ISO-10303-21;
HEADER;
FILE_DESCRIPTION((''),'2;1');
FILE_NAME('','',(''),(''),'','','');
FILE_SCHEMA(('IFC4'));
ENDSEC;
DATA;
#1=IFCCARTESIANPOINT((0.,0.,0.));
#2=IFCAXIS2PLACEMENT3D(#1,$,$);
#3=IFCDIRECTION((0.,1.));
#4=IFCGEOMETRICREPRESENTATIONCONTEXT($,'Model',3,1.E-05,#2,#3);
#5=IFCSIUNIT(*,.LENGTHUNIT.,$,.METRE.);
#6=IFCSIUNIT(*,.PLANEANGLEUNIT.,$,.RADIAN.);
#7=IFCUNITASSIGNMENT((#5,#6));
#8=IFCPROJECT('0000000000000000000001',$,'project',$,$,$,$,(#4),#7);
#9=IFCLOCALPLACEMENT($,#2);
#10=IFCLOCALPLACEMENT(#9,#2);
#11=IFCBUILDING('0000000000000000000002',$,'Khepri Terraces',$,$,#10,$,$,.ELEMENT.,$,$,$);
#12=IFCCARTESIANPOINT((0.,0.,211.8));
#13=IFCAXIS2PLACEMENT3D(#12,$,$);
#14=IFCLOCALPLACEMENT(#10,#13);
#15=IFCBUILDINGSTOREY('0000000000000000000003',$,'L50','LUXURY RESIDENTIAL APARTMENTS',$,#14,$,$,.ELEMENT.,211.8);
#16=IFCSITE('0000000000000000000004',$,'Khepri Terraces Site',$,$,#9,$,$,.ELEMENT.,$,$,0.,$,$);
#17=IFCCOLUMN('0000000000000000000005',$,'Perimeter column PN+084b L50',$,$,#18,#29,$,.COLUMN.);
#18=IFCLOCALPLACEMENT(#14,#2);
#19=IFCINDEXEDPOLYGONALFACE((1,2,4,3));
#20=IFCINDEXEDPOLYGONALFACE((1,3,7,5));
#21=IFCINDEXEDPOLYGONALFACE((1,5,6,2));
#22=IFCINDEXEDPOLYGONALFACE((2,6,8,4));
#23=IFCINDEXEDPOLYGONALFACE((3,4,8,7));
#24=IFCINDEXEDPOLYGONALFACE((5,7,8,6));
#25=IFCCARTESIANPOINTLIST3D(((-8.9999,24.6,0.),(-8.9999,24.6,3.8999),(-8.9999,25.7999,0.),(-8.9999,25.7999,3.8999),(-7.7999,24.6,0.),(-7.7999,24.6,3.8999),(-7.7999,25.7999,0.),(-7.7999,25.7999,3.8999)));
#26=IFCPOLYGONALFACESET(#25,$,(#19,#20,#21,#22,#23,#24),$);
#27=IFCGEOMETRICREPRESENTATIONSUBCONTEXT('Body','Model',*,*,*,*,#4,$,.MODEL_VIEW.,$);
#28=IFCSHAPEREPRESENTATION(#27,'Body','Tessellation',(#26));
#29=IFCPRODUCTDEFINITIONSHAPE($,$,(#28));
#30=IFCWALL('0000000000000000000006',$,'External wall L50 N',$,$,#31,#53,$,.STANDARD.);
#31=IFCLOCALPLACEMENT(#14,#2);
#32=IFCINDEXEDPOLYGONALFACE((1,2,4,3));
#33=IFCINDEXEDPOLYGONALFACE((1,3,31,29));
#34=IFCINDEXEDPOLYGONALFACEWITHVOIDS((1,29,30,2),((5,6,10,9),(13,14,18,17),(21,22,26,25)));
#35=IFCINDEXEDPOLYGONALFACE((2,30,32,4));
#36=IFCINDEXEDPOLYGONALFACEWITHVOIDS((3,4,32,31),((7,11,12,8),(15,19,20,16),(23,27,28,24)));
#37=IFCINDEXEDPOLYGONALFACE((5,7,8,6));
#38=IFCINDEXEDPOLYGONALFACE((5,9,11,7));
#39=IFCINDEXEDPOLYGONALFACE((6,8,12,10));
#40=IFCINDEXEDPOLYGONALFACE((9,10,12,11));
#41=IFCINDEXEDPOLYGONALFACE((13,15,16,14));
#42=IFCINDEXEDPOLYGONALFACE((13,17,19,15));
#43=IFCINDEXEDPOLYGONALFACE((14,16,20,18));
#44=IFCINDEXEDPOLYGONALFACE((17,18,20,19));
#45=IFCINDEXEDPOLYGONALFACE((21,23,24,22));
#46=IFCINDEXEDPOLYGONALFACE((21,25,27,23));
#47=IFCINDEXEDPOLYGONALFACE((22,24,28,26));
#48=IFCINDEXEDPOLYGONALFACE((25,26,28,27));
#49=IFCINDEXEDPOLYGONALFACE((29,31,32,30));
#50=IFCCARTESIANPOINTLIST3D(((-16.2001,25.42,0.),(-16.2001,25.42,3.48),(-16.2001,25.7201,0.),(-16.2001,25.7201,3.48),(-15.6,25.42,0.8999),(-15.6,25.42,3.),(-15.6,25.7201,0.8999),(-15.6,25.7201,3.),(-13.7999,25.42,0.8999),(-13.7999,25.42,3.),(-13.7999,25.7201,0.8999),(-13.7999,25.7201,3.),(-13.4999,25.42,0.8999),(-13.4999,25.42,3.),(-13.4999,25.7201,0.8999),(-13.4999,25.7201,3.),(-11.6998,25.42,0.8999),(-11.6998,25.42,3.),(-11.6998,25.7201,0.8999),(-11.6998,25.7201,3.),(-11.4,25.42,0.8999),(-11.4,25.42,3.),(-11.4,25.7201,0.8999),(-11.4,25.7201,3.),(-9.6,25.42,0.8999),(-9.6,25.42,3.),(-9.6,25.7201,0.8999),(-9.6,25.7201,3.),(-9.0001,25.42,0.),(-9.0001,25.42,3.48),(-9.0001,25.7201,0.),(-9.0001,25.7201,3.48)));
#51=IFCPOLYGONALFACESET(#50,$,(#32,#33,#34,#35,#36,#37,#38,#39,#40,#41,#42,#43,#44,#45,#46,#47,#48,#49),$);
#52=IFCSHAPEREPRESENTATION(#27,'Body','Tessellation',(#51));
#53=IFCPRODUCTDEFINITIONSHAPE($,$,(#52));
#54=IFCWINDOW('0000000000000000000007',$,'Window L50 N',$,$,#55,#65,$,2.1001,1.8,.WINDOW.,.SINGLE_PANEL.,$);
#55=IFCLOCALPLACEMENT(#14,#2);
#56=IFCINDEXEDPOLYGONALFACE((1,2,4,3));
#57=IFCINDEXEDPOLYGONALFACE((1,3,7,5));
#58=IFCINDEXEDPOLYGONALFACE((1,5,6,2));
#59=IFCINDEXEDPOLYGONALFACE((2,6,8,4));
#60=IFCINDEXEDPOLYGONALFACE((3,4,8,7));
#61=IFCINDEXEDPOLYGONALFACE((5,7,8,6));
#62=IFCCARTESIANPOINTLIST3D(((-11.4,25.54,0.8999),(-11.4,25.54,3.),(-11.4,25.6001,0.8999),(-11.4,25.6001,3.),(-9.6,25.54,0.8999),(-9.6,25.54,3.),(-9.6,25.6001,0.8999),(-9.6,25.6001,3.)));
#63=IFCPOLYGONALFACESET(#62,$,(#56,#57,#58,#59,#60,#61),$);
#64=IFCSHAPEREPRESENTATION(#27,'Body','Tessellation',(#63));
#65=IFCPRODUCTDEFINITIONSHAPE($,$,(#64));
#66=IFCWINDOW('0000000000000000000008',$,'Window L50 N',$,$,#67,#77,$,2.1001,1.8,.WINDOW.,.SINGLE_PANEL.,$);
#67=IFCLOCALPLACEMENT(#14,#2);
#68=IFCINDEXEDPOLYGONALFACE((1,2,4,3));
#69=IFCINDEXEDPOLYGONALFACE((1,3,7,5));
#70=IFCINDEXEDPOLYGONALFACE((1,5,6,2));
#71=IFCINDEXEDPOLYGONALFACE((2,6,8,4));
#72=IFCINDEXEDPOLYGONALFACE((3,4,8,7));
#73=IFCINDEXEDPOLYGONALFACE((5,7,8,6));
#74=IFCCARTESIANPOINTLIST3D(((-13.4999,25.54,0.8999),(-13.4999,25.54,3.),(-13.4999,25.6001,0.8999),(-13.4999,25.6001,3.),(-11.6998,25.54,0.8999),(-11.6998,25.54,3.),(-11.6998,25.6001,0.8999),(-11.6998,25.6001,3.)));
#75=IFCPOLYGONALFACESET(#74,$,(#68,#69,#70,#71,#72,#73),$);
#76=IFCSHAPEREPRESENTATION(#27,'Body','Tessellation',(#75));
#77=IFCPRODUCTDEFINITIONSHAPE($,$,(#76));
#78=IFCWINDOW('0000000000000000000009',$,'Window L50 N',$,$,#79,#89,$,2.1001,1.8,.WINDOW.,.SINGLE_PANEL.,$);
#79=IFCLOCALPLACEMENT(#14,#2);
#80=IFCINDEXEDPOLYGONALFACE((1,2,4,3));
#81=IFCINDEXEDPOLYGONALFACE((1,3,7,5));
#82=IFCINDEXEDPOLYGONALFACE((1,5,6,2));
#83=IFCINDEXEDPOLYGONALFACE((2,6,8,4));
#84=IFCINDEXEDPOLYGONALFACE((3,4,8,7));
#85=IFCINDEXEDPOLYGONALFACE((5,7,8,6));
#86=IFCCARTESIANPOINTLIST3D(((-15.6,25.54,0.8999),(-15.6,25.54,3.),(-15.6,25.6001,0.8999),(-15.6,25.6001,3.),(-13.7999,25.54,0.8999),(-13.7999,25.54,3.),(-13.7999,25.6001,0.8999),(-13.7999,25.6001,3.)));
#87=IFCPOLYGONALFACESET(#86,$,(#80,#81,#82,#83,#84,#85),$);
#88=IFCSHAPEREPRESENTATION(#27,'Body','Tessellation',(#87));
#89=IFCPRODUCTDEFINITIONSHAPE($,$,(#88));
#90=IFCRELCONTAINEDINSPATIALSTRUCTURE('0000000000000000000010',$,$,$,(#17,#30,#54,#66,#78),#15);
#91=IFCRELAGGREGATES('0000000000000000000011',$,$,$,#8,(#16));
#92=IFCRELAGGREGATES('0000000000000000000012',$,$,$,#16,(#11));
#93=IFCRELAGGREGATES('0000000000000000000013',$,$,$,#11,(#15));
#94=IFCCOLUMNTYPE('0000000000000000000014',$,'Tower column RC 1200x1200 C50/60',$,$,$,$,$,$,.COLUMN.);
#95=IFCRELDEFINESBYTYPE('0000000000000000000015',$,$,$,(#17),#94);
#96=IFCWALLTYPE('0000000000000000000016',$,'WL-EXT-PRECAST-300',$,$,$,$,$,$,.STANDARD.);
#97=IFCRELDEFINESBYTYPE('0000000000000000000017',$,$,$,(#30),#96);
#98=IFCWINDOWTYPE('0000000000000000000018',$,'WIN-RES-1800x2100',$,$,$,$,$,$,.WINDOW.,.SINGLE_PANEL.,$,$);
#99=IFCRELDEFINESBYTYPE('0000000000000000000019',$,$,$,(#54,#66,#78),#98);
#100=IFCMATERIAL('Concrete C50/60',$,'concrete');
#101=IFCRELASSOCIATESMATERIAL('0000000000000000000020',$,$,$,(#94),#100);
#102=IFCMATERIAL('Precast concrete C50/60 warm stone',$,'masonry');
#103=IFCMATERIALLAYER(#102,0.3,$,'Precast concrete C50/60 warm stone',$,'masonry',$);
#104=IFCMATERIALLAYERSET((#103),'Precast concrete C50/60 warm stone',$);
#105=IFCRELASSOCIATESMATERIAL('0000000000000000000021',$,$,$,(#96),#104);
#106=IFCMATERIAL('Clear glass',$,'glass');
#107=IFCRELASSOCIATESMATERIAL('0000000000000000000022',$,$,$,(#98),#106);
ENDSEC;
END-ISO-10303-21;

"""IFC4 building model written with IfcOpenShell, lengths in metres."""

from ifc_helpers import new_model, si_unit, direction, frame, frame_2d, origin, origin_2d, place, context, subcontext, project, spatial, rectangle, extrude, material, layer, layer_set, material_profile, profile_set, type_object, element, fill, save


model = new_model("IFC4")

# Units and contexts
model_context = context("Model", 3, precision=1e-05, world=origin(), true_north=direction((0.0, 1.0)))
body_context = subcontext(model_context, "Body", "Model", "MODEL_VIEW")
ifc_project = project(units=[si_unit("LENGTHUNIT", "METRE"), si_unit("PLANEANGLEUNIT", "RADIAN")], contexts=[model_context])

# Site, building, storey
site_placement = place(None, origin())
site = spatial("IfcSite", under=ifc_project, at=site_placement, Name="Khepri Terraces Site", CompositionType="ELEMENT", RefElevation=0.0)
building_placement = place(site_placement, origin())
building = spatial("IfcBuilding", under=site, at=building_placement, Name="Khepri Terraces", CompositionType="ELEMENT")
storey_placement = place(building_placement, frame((0.0, 0.0, 211.8)))
storey = spatial("IfcBuildingStorey", under=building, at=storey_placement, Name="L50", Description="LUXURY RESIDENTIAL APARTMENTS", CompositionType="ELEMENT", Elevation=211.8)

# Column
ifc_material_1 = material(Name="Concrete C50/60", Category="concrete")
ifc_material_profile = material_profile(ifc_material_1, rectangle(XDim=1.2, YDim=1.2, at=origin_2d()), Name="Concrete C50/60", Category="concrete")
ifc_profile_set = profile_set([ifc_material_profile], Name="Concrete C50/60")
column_type = type_object("IfcColumnType", Name="Tower column RC 1200x1200 C50/60", PredefinedType="COLUMN", material=ifc_profile_set)
column_placement = place(storey_placement, frame((-8.3999, 25.2, 0.0), z_axis=(0.0, 0.0, 1.0), x_axis=(1.0, 0.0, 0.0)))
element("IfcColumn", 1, at=column_placement, inside=storey, type_object=column_type, Name="Perimeter column PN+084b L50", PredefinedType="COLUMN", context=body_context, shape_type="SweptSolid", body=[
    extrude(rectangle(XDim=1.2, YDim=1.2, at=origin_2d()), origin(), (0.0, 0.0, 1.0), 3.8999),
])

# Shared definitions
ifc_material_2 = material(Name="Precast concrete C50/60 warm stone", Category="masonry")
ifc_layer_1 = layer(ifc_material_2, 0.3, Name="Precast concrete C50/60 warm stone", Category="masonry")
ifc_layer_set_1 = layer_set([ifc_layer_1], Name="Precast concrete C50/60 warm stone")
wall_type_1 = type_object("IfcWallType", Name="WL-EXT-PRECAST-300", PredefinedType="STANDARD", material=ifc_layer_set_1)
ifc_material_3 = material(Name="Clear glass", Category="glass")
window_type = type_object("IfcWindowType", Name="WIN-RES-1800x2100", PartitioningType="SINGLE_PANEL", PredefinedType="WINDOW", material=ifc_material_3)

# Wall, openings, windows
wall_1_placement = place(storey_placement, frame((-9.0, 25.5701, 0.0), z_axis=(0.0, 0.0, 1.0), x_axis=(-1.0, 0.0, 0.0)))
wall_1 = element("IfcWall", 2, at=wall_1_placement, inside=storey, type_object=wall_type_1, Name="External wall L50 N", PredefinedType="STANDARD", context=body_context, shape_type="SweptSolid", body=[
    extrude(rectangle(XDim=7.2, YDim=0.3, at=frame_2d((3.6001, 0.0))), origin(), (0.0, 0.0, 1.0), 3.48),
])
opening_1_placement = place(wall_1_placement, frame((0.6001, 0.0, 0.8999)))
opening_1 = element("IfcOpeningElement", 3, at=opening_1_placement, cuts=wall_1, PredefinedType="OPENING", context=body_context, shape_type="SweptSolid", body=[
    extrude(rectangle(XDim=1.8, YDim=2.1001, at=frame_2d((0.8999, 1.05))), frame((0.0, 0.1602, 0.0), z_axis=(0.0, -1.0, 0.0), x_axis=(1.0, 0.0, 0.0)), (0.0, 0.0, 1.0), 0.3201),
])
opening_2_placement = place(wall_1_placement, frame((2.7, 0.0, 0.8999)))
opening_2 = element("IfcOpeningElement", 4, at=opening_2_placement, cuts=wall_1, PredefinedType="OPENING", context=body_context, shape_type="SweptSolid", body=[
    extrude(rectangle(XDim=1.8, YDim=2.1001, at=frame_2d((0.8999, 1.05))), frame((0.0, 0.1602, 0.0), z_axis=(0.0, -1.0, 0.0), x_axis=(1.0, 0.0, 0.0)), (0.0, 0.0, 1.0), 0.3201),
])
opening_3_placement = place(wall_1_placement, frame((4.8, 0.0, 0.8999)))
opening_3 = element("IfcOpeningElement", 5, at=opening_3_placement, cuts=wall_1, PredefinedType="OPENING", context=body_context, shape_type="SweptSolid", body=[
    extrude(rectangle(XDim=1.8, YDim=2.1001, at=frame_2d((0.8999, 1.05))), frame((0.0, 0.1602, 0.0), z_axis=(0.0, -1.0, 0.0), x_axis=(1.0, 0.0, 0.0)), (0.0, 0.0, 1.0), 0.3201),
])
window_1_placement = place(opening_1_placement, origin())
window_1 = element("IfcWindow", 6, at=window_1_placement, inside=storey, type_object=window_type, Name="Window L50 N", OverallHeight=2.1001, OverallWidth=1.8, PartitioningType="SINGLE_PANEL", PredefinedType="WINDOW", context=body_context, shape_type="SweptSolid", body=[
    extrude(rectangle(XDim=1.8, YDim=2.1001, at=frame_2d((0.8999, 1.05))), frame((0.0, 0.03, 0.0), z_axis=(0.0, -1.0, 0.0), x_axis=(1.0, 0.0, 0.0)), (0.0, 0.0, 1.0), 0.0601),
])
fill(opening_1, window_1)
window_2_placement = place(opening_2_placement, origin())
window_2 = element("IfcWindow", 7, at=window_2_placement, inside=storey, type_object=window_type, Name="Window L50 N", OverallHeight=2.1001, OverallWidth=1.8, PartitioningType="SINGLE_PANEL", PredefinedType="WINDOW", context=body_context, shape_type="SweptSolid", body=[
    extrude(rectangle(XDim=1.8, YDim=2.1001, at=frame_2d((0.8999, 1.05))), frame((0.0, 0.03, 0.0), z_axis=(0.0, -1.0, 0.0), x_axis=(1.0, 0.0, 0.0)), (0.0, 0.0, 1.0), 0.0601),
])
fill(opening_2, window_2)
window_3_placement = place(opening_3_placement, origin())
window_3 = element("IfcWindow", 8, at=window_3_placement, inside=storey, type_object=window_type, Name="Window L50 N", OverallHeight=2.1001, OverallWidth=1.8, PartitioningType="SINGLE_PANEL", PredefinedType="WINDOW", context=body_context, shape_type="SweptSolid", body=[
    extrude(rectangle(XDim=1.8, YDim=2.1001, at=frame_2d((0.8999, 1.05))), frame((0.0, 0.03, 0.0), z_axis=(0.0, -1.0, 0.0), x_axis=(1.0, 0.0, 0.0)), (0.0, 0.0, 1.0), 0.0601),
])
fill(opening_3, window_3)

save(model, "model.ifc")
